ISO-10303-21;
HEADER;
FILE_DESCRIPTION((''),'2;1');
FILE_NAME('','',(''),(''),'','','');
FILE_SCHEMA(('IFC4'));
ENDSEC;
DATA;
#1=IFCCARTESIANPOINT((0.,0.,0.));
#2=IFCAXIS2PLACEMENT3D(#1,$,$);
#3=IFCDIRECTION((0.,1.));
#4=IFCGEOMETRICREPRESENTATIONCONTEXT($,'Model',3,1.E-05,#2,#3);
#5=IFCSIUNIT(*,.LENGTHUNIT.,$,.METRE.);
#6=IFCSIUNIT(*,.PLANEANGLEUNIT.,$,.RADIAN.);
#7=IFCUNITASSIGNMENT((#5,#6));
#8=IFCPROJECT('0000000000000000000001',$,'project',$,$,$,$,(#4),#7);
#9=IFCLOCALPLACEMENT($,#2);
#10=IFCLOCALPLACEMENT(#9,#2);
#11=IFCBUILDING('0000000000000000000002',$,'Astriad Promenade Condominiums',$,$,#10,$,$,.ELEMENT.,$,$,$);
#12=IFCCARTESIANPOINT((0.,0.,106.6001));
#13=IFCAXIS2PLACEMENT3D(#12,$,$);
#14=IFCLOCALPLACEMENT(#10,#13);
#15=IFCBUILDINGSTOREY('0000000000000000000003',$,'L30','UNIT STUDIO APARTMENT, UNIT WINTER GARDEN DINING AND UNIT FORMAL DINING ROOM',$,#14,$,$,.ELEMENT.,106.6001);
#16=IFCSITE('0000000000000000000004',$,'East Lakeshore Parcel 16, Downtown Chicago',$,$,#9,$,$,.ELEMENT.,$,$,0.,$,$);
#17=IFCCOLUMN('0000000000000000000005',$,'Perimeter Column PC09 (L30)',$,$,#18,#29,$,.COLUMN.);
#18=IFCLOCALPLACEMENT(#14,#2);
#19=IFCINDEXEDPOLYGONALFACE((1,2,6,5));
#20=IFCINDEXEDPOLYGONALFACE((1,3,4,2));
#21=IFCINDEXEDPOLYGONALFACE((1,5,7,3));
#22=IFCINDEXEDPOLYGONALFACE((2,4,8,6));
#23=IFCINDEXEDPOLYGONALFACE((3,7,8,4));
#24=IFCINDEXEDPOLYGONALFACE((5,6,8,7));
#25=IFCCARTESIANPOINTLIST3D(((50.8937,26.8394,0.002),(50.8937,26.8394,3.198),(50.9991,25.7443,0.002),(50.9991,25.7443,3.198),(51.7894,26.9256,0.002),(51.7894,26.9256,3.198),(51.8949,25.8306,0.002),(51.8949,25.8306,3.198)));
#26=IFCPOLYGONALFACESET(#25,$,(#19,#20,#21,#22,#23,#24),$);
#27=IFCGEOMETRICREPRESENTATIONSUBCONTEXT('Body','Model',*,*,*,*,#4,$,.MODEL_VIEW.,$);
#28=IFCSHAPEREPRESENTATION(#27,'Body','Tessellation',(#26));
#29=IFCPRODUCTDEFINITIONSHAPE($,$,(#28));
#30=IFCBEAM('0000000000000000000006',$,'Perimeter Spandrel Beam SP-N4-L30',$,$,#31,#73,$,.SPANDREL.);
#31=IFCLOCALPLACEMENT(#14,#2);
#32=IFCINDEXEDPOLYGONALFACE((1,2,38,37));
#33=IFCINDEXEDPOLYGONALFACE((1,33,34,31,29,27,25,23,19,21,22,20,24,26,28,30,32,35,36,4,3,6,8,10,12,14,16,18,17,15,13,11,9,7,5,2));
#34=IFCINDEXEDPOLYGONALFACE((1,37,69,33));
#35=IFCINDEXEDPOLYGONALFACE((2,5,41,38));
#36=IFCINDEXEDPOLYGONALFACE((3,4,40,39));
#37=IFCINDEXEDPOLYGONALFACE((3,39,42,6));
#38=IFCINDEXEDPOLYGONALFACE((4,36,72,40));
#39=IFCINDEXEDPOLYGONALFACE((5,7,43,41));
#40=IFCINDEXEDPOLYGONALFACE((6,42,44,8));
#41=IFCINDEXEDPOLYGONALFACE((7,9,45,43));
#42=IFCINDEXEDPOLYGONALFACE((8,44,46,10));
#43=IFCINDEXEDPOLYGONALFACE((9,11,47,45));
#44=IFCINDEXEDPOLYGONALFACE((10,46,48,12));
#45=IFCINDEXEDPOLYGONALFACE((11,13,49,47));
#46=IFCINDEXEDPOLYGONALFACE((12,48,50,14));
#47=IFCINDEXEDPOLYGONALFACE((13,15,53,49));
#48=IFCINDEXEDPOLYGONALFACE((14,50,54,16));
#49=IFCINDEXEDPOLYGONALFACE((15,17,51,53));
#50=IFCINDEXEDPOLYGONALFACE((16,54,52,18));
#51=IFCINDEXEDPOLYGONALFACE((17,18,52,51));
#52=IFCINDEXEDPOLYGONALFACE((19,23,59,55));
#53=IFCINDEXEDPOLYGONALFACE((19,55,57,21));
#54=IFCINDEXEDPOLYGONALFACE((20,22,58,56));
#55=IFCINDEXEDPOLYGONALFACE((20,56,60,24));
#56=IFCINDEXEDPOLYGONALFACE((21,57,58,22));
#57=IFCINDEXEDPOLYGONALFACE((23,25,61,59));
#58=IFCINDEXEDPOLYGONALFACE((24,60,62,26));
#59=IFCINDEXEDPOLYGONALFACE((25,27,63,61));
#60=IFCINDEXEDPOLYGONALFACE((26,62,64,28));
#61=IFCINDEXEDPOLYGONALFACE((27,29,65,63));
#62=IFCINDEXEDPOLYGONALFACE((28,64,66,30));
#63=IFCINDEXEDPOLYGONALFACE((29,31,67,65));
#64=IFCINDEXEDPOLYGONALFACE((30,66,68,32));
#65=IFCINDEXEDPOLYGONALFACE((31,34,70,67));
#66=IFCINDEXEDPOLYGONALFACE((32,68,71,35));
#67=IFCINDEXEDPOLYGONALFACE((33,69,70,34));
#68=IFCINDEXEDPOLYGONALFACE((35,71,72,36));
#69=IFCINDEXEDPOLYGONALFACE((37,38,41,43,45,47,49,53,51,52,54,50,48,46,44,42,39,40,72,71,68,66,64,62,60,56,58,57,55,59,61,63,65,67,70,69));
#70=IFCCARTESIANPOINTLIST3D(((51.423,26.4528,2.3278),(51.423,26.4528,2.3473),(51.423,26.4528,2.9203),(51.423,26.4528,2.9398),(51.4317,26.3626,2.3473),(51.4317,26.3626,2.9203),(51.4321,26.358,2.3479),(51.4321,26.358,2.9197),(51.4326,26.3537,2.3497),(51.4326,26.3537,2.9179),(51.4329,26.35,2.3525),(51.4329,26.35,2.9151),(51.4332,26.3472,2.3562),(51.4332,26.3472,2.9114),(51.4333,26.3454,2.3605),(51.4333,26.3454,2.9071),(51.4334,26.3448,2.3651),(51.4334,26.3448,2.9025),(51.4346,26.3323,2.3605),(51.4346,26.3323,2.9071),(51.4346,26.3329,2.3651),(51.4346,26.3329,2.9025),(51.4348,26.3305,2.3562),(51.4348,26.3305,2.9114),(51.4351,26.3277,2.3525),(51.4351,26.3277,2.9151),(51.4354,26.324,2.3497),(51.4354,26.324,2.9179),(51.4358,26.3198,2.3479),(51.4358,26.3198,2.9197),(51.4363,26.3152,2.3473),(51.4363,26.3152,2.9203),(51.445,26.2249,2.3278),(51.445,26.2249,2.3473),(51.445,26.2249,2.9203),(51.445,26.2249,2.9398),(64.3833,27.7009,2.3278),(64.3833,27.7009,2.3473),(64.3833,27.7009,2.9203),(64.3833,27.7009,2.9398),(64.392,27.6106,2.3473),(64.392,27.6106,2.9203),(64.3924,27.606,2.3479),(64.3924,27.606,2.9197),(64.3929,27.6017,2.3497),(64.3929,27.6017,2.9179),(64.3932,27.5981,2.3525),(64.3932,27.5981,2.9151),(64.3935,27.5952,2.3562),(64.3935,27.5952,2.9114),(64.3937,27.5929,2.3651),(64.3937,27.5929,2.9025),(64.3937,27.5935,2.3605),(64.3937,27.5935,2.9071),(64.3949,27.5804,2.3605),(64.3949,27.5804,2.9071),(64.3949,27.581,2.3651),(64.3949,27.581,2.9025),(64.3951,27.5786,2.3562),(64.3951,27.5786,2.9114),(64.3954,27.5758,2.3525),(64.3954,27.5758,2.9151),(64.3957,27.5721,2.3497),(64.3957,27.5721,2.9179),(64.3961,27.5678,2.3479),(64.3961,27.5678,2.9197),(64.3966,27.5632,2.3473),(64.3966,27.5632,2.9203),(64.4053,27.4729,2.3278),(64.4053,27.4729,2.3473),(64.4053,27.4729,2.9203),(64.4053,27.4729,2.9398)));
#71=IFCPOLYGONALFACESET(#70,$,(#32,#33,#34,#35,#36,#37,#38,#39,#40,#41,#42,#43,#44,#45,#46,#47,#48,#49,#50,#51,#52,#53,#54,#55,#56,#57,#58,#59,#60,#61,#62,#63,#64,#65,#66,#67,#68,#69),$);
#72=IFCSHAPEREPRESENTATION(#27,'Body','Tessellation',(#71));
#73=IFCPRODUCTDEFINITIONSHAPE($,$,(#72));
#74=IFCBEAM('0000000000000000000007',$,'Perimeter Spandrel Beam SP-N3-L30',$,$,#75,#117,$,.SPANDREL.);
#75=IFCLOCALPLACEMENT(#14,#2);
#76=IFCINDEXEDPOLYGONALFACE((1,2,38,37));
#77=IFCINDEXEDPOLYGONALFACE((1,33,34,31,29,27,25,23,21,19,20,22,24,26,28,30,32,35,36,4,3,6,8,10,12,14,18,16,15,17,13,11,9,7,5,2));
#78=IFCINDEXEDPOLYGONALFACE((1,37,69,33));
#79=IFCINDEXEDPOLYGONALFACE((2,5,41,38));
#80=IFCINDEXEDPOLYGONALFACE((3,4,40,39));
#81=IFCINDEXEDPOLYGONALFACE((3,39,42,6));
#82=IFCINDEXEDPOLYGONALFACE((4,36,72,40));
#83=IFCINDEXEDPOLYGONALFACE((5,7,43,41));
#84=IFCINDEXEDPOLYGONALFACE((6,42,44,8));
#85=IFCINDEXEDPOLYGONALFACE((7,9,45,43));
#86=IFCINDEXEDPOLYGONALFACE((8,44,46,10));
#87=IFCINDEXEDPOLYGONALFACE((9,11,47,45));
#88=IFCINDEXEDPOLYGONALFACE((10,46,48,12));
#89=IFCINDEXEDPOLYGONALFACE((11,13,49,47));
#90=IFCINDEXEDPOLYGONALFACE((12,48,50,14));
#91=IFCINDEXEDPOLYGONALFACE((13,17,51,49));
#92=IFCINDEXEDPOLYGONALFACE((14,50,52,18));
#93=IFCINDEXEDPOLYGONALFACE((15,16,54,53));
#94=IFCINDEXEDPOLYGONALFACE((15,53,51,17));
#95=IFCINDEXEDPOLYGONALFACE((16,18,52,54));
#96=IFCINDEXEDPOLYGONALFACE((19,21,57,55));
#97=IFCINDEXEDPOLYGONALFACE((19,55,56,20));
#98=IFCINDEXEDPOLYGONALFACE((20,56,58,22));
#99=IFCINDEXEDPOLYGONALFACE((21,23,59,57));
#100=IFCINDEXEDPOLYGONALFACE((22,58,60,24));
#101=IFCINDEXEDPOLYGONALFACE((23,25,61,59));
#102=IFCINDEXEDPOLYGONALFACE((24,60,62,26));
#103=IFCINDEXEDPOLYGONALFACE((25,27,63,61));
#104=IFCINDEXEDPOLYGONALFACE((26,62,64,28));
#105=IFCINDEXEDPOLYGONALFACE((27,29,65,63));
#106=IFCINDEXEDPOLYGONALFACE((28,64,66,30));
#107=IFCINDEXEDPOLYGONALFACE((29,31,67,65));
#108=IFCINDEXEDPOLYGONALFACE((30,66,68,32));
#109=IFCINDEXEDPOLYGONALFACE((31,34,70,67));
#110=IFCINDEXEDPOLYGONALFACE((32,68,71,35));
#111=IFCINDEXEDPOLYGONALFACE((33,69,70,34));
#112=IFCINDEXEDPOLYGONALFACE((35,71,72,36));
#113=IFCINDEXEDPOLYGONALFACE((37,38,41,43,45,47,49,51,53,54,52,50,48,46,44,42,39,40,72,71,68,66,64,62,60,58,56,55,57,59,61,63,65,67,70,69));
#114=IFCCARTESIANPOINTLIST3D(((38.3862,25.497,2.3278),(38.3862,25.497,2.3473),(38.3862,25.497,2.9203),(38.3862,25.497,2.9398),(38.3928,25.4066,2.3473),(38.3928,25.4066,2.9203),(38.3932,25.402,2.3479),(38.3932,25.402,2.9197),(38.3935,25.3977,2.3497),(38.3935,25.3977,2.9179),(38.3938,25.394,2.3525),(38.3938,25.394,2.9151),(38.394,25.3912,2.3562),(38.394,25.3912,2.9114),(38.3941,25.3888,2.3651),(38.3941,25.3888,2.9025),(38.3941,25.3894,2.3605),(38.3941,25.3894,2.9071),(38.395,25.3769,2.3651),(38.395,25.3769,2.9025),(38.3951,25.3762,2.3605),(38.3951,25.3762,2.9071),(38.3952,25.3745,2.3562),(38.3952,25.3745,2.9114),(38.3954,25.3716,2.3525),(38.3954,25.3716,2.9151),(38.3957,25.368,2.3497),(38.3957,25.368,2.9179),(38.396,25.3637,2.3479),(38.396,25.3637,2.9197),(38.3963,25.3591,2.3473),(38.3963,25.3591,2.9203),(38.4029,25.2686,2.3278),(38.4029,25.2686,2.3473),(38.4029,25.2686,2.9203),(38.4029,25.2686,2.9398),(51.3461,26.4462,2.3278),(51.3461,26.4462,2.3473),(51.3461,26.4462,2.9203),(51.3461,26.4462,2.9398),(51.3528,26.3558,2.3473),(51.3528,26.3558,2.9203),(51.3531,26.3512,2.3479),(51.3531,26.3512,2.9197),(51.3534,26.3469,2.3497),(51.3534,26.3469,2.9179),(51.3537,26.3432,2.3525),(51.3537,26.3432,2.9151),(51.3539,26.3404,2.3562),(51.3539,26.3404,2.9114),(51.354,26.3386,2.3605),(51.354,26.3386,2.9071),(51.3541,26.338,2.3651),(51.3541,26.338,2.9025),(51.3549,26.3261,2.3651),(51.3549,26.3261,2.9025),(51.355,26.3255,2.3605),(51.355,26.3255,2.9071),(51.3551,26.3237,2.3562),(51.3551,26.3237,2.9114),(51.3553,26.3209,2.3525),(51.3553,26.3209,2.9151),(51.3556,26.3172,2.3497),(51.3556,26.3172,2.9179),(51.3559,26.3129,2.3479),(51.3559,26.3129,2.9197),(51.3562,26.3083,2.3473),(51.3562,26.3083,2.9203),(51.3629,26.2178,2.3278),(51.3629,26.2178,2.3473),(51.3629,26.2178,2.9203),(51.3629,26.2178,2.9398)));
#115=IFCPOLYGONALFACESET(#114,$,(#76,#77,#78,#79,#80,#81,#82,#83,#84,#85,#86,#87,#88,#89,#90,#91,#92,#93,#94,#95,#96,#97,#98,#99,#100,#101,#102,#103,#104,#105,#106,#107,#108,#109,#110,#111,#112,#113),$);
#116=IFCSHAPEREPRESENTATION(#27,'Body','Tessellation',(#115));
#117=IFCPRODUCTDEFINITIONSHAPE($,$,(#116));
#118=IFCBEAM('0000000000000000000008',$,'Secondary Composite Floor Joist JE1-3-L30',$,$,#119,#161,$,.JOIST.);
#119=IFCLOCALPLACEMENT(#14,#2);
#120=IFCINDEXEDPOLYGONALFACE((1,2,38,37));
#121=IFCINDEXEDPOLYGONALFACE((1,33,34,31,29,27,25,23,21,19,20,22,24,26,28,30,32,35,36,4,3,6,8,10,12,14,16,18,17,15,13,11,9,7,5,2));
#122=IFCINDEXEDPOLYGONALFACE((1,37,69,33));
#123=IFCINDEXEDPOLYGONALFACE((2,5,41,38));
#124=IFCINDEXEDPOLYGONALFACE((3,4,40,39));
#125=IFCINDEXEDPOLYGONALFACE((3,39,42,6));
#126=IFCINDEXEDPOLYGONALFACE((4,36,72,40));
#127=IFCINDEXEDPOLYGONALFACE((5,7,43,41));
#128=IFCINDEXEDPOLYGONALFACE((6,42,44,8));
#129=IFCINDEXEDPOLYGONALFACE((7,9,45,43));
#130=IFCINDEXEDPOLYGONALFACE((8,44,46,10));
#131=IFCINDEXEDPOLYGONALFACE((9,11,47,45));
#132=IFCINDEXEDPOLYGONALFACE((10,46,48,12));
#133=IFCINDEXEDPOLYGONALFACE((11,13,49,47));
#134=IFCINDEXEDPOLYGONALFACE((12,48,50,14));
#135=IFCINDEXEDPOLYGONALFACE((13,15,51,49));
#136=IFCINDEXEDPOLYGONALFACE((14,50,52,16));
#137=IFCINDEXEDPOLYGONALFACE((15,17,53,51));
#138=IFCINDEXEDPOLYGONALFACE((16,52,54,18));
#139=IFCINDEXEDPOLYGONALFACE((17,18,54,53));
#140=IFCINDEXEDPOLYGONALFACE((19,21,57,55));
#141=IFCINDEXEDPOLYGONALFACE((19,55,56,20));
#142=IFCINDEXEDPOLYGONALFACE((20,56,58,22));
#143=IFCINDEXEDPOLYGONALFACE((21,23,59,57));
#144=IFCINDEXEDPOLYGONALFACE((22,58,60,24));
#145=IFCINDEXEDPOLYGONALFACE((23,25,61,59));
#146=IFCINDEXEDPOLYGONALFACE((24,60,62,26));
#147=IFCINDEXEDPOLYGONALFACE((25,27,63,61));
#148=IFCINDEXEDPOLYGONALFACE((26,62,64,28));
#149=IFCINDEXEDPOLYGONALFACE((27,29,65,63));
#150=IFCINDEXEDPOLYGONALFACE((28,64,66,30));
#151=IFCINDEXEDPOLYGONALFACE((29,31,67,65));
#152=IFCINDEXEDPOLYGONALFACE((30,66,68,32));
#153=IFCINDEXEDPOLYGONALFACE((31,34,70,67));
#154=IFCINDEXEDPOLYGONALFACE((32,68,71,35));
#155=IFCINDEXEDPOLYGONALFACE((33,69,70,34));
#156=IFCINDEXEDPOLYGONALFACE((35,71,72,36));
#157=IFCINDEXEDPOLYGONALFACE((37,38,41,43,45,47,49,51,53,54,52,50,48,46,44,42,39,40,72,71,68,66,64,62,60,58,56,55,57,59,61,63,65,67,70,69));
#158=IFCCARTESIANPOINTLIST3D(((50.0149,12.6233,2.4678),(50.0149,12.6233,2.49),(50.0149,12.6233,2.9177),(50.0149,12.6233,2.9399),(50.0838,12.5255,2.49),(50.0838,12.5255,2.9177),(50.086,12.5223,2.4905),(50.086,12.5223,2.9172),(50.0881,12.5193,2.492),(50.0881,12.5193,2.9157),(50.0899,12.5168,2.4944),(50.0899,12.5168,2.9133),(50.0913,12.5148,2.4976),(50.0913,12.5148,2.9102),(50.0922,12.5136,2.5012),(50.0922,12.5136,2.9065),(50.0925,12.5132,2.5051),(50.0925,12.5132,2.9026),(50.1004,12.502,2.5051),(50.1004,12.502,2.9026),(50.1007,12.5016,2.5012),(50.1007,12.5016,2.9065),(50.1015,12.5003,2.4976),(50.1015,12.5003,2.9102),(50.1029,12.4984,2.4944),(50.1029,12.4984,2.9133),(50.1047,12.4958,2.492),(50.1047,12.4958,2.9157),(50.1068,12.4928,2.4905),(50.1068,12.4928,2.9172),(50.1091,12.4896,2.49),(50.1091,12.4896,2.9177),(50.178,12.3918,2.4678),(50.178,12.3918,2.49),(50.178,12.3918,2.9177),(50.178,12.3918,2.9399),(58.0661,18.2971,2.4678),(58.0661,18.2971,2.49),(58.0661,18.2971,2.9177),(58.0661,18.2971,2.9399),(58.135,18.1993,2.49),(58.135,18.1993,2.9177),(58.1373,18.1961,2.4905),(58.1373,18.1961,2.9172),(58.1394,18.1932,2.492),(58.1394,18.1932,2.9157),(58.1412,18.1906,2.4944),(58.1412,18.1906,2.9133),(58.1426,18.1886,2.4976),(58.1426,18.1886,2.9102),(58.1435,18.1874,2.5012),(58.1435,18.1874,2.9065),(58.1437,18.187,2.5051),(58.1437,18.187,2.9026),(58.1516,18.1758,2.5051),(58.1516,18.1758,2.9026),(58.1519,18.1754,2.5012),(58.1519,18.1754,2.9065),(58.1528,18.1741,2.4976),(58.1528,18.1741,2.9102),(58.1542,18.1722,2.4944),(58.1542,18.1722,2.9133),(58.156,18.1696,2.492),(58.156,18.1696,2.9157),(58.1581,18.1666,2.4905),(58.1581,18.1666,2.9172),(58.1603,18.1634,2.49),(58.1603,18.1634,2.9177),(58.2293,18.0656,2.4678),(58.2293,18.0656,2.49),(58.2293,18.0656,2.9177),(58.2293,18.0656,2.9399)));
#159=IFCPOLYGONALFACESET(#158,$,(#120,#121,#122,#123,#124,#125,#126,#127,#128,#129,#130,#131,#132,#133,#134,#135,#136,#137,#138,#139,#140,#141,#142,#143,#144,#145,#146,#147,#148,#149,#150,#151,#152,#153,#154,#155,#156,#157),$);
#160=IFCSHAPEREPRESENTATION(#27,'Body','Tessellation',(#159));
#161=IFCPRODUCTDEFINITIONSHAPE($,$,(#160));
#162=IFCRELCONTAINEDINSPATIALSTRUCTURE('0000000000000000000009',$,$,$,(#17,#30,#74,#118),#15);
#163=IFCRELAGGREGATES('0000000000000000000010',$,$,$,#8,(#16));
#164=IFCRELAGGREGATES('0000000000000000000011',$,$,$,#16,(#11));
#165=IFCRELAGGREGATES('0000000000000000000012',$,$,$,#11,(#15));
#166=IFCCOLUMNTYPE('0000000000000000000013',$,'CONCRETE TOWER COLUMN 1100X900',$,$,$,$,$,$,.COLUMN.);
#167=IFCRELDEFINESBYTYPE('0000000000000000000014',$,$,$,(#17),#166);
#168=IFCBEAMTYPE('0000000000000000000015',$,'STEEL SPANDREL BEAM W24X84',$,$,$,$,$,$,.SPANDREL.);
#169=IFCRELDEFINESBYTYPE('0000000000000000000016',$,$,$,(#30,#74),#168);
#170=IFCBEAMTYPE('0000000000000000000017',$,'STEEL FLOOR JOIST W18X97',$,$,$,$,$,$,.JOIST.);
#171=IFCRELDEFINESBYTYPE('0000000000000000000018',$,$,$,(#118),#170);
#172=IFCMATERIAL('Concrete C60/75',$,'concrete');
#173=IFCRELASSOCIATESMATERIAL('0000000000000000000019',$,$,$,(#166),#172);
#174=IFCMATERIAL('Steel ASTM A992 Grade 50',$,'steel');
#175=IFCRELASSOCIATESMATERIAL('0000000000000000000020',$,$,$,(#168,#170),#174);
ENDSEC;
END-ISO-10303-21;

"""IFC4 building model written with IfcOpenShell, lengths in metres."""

from ifc_helpers import new_model, si_unit, direction, frame, origin, origin_2d, place, context, subcontext, project, spatial, rectangle, i_section, extrude, source, transform, mapped, material, material_profile, profile_set, type_object, type_shapes, element, save


model = new_model("IFC4")

# Units and contexts
model_context = context("Model", 3, precision=1e-05, world=origin(), true_north=direction((0.0, 1.0)))
body_context = subcontext(model_context, "Body", "Model", "MODEL_VIEW")
ifc_project = project(units=[si_unit("LENGTHUNIT", "METRE"), si_unit("PLANEANGLEUNIT", "RADIAN")], contexts=[model_context])

# Site, building, storey
site_placement = place(None, origin())
site = spatial("IfcSite", under=ifc_project, at=site_placement, Name="East Lakeshore Parcel 16, Downtown Chicago", CompositionType="ELEMENT", RefElevation=0.0)
building_placement = place(site_placement, origin())
building = spatial("IfcBuilding", under=site, at=building_placement, Name="Astriad Promenade Condominiums", CompositionType="ELEMENT")
storey_placement = place(building_placement, frame((0.0, 0.0, 106.6001)))
storey = spatial("IfcBuildingStorey", under=building, at=storey_placement, Name="L30", Description="UNIT STUDIO APARTMENT, UNIT WINTER GARDEN DINING AND UNIT FORMAL DINING ROOM", CompositionType="ELEMENT", Elevation=106.6001)

# Column
ifc_material_1 = material(Name="Concrete C60/75", Category="concrete")
ifc_material_profile_1 = material_profile(ifc_material_1, rectangle(XDim=0.8999, YDim=1.1001, at=origin_2d()), Name="RC-COL-1100X900")
ifc_profile_set_1 = profile_set([ifc_material_profile_1], Name="Concrete C60/75")
column_type = type_object("IfcColumnType", Name="CONCRETE TOWER COLUMN 1100X900", PredefinedType="COLUMN", material=ifc_profile_set_1)
shared_shape_1 = source(origin(), body_context, "Body", "SweptSolid", [
    extrude(rectangle(XDim=0.8999, YDim=1.1001, at=origin_2d()), origin(), (0.0, 0.0, 1.0), 3.196),
])
type_shapes(column_type, [shared_shape_1])
column_placement = place(storey_placement, frame((51.3943, 26.335, 0.002), z_axis=(0.0, 0.0, 1.0), x_axis=(0.995396, 0.095846, 0.0)))
element("IfcColumn", 1, at=column_placement, inside=storey, type_object=column_type, Name="Perimeter Column PC09 (L30)", PredefinedType="COLUMN", context=body_context, shape_type="MappedRepresentation", body=[
    mapped(shared_shape_1, transform((0.0, 0.0, 0.0), scale=1.0)),
])

# Beams
ifc_material_2 = material(Name="Steel ASTM A992 Grade 50", Category="steel")
ifc_material_profile_2 = material_profile(ifc_material_2, i_section(OverallWidth=0.229, OverallDepth=0.6121, WebThickness=0.012, FlangeThickness=0.0195, FilletRadius=0.0178, at=origin_2d()), Name="W24X84")
ifc_profile_set_2 = profile_set([ifc_material_profile_2], Name="Steel ASTM A992 Grade 50")
beam_type_1 = type_object("IfcBeamType", Name="STEEL SPANDREL BEAM W24X84", PredefinedType="SPANDREL", material=ifc_profile_set_2)
shared_shape_2 = source(origin(), body_context, "Body", "SweptSolid", [
    extrude(i_section(OverallWidth=0.229, OverallDepth=0.6121, WebThickness=0.012, FlangeThickness=0.0195, FilletRadius=0.0178, at=origin_2d()), origin(), (0.0, 0.0, 1.0), 13.0203),
])
beam_1_placement = place(storey_placement, frame((64.3943, 27.5869, 2.6338), z_axis=(-0.995395, -0.095855, 0.0), x_axis=(0.095855, -0.995395, 0.0)))
element("IfcBeam", 2, at=beam_1_placement, inside=storey, type_object=beam_type_1, Name="Perimeter Spandrel Beam SP-N4-L30", PredefinedType="SPANDREL", context=body_context, shape_type="MappedRepresentation", body=[
    mapped(shared_shape_2, transform((0.0, 0.0, 0.0), scale=1.0)),
])
shared_shape_3 = source(origin(), body_context, "Body", "SweptSolid", [
    extrude(i_section(OverallWidth=0.229, OverallDepth=0.6121, WebThickness=0.012, FlangeThickness=0.0195, FilletRadius=0.0178, at=origin_2d()), origin(), (0.0, 0.0, 1.0), 12.9946),
])
type_shapes(beam_type_1, [shared_shape_2, shared_shape_3])
beam_2_placement = place(storey_placement, frame((51.3545, 26.332, 2.6338), z_axis=(-0.997329, -0.073047, 0.0), x_axis=(0.073047, -0.997329, 0.0)))
element("IfcBeam", 3, at=beam_2_placement, inside=storey, type_object=beam_type_1, Name="Perimeter Spandrel Beam SP-N3-L30", PredefinedType="SPANDREL", context=body_context, shape_type="MappedRepresentation", body=[
    mapped(shared_shape_3, transform((0.0, 0.0, 0.0), scale=1.0)),
])
ifc_material_profile_3 = material_profile(ifc_material_2, i_section(OverallWidth=0.2832, OverallDepth=0.4722, WebThickness=0.0137, FlangeThickness=0.0222, FilletRadius=0.0151, at=origin_2d()), Name="W18X97")
ifc_profile_set_3 = profile_set([ifc_material_profile_3], Name="Steel ASTM A992 Grade 50")
beam_type_2 = type_object("IfcBeamType", Name="STEEL FLOOR JOIST W18X97", PredefinedType="JOIST", material=ifc_profile_set_3)
shared_shape_4 = source(origin(), body_context, "Body", "SweptSolid", [
    extrude(i_section(OverallWidth=0.2832, OverallDepth=0.4722, WebThickness=0.0137, FlangeThickness=0.0222, FilletRadius=0.0151, at=origin_2d()), origin(), (0.0, 0.0, 1.0), 9.8496),
])
beam_3_placement = place(storey_placement, frame((50.0964, 12.5076, 2.7039), z_axis=(0.817418, 0.576045, 0.0), x_axis=(-0.576045, 0.817418, 0.0)))
element("IfcBeam", 4, at=beam_3_placement, inside=storey, type_object=beam_type_2, Name="Secondary Composite Floor Joist JE1-3-L30", PredefinedType="JOIST", context=body_context, shape_type="MappedRepresentation", body=[
    mapped(shared_shape_4, transform((0.0, 0.0, 0.0), scale=1.0)),
])

save(model, "model.ifc")
